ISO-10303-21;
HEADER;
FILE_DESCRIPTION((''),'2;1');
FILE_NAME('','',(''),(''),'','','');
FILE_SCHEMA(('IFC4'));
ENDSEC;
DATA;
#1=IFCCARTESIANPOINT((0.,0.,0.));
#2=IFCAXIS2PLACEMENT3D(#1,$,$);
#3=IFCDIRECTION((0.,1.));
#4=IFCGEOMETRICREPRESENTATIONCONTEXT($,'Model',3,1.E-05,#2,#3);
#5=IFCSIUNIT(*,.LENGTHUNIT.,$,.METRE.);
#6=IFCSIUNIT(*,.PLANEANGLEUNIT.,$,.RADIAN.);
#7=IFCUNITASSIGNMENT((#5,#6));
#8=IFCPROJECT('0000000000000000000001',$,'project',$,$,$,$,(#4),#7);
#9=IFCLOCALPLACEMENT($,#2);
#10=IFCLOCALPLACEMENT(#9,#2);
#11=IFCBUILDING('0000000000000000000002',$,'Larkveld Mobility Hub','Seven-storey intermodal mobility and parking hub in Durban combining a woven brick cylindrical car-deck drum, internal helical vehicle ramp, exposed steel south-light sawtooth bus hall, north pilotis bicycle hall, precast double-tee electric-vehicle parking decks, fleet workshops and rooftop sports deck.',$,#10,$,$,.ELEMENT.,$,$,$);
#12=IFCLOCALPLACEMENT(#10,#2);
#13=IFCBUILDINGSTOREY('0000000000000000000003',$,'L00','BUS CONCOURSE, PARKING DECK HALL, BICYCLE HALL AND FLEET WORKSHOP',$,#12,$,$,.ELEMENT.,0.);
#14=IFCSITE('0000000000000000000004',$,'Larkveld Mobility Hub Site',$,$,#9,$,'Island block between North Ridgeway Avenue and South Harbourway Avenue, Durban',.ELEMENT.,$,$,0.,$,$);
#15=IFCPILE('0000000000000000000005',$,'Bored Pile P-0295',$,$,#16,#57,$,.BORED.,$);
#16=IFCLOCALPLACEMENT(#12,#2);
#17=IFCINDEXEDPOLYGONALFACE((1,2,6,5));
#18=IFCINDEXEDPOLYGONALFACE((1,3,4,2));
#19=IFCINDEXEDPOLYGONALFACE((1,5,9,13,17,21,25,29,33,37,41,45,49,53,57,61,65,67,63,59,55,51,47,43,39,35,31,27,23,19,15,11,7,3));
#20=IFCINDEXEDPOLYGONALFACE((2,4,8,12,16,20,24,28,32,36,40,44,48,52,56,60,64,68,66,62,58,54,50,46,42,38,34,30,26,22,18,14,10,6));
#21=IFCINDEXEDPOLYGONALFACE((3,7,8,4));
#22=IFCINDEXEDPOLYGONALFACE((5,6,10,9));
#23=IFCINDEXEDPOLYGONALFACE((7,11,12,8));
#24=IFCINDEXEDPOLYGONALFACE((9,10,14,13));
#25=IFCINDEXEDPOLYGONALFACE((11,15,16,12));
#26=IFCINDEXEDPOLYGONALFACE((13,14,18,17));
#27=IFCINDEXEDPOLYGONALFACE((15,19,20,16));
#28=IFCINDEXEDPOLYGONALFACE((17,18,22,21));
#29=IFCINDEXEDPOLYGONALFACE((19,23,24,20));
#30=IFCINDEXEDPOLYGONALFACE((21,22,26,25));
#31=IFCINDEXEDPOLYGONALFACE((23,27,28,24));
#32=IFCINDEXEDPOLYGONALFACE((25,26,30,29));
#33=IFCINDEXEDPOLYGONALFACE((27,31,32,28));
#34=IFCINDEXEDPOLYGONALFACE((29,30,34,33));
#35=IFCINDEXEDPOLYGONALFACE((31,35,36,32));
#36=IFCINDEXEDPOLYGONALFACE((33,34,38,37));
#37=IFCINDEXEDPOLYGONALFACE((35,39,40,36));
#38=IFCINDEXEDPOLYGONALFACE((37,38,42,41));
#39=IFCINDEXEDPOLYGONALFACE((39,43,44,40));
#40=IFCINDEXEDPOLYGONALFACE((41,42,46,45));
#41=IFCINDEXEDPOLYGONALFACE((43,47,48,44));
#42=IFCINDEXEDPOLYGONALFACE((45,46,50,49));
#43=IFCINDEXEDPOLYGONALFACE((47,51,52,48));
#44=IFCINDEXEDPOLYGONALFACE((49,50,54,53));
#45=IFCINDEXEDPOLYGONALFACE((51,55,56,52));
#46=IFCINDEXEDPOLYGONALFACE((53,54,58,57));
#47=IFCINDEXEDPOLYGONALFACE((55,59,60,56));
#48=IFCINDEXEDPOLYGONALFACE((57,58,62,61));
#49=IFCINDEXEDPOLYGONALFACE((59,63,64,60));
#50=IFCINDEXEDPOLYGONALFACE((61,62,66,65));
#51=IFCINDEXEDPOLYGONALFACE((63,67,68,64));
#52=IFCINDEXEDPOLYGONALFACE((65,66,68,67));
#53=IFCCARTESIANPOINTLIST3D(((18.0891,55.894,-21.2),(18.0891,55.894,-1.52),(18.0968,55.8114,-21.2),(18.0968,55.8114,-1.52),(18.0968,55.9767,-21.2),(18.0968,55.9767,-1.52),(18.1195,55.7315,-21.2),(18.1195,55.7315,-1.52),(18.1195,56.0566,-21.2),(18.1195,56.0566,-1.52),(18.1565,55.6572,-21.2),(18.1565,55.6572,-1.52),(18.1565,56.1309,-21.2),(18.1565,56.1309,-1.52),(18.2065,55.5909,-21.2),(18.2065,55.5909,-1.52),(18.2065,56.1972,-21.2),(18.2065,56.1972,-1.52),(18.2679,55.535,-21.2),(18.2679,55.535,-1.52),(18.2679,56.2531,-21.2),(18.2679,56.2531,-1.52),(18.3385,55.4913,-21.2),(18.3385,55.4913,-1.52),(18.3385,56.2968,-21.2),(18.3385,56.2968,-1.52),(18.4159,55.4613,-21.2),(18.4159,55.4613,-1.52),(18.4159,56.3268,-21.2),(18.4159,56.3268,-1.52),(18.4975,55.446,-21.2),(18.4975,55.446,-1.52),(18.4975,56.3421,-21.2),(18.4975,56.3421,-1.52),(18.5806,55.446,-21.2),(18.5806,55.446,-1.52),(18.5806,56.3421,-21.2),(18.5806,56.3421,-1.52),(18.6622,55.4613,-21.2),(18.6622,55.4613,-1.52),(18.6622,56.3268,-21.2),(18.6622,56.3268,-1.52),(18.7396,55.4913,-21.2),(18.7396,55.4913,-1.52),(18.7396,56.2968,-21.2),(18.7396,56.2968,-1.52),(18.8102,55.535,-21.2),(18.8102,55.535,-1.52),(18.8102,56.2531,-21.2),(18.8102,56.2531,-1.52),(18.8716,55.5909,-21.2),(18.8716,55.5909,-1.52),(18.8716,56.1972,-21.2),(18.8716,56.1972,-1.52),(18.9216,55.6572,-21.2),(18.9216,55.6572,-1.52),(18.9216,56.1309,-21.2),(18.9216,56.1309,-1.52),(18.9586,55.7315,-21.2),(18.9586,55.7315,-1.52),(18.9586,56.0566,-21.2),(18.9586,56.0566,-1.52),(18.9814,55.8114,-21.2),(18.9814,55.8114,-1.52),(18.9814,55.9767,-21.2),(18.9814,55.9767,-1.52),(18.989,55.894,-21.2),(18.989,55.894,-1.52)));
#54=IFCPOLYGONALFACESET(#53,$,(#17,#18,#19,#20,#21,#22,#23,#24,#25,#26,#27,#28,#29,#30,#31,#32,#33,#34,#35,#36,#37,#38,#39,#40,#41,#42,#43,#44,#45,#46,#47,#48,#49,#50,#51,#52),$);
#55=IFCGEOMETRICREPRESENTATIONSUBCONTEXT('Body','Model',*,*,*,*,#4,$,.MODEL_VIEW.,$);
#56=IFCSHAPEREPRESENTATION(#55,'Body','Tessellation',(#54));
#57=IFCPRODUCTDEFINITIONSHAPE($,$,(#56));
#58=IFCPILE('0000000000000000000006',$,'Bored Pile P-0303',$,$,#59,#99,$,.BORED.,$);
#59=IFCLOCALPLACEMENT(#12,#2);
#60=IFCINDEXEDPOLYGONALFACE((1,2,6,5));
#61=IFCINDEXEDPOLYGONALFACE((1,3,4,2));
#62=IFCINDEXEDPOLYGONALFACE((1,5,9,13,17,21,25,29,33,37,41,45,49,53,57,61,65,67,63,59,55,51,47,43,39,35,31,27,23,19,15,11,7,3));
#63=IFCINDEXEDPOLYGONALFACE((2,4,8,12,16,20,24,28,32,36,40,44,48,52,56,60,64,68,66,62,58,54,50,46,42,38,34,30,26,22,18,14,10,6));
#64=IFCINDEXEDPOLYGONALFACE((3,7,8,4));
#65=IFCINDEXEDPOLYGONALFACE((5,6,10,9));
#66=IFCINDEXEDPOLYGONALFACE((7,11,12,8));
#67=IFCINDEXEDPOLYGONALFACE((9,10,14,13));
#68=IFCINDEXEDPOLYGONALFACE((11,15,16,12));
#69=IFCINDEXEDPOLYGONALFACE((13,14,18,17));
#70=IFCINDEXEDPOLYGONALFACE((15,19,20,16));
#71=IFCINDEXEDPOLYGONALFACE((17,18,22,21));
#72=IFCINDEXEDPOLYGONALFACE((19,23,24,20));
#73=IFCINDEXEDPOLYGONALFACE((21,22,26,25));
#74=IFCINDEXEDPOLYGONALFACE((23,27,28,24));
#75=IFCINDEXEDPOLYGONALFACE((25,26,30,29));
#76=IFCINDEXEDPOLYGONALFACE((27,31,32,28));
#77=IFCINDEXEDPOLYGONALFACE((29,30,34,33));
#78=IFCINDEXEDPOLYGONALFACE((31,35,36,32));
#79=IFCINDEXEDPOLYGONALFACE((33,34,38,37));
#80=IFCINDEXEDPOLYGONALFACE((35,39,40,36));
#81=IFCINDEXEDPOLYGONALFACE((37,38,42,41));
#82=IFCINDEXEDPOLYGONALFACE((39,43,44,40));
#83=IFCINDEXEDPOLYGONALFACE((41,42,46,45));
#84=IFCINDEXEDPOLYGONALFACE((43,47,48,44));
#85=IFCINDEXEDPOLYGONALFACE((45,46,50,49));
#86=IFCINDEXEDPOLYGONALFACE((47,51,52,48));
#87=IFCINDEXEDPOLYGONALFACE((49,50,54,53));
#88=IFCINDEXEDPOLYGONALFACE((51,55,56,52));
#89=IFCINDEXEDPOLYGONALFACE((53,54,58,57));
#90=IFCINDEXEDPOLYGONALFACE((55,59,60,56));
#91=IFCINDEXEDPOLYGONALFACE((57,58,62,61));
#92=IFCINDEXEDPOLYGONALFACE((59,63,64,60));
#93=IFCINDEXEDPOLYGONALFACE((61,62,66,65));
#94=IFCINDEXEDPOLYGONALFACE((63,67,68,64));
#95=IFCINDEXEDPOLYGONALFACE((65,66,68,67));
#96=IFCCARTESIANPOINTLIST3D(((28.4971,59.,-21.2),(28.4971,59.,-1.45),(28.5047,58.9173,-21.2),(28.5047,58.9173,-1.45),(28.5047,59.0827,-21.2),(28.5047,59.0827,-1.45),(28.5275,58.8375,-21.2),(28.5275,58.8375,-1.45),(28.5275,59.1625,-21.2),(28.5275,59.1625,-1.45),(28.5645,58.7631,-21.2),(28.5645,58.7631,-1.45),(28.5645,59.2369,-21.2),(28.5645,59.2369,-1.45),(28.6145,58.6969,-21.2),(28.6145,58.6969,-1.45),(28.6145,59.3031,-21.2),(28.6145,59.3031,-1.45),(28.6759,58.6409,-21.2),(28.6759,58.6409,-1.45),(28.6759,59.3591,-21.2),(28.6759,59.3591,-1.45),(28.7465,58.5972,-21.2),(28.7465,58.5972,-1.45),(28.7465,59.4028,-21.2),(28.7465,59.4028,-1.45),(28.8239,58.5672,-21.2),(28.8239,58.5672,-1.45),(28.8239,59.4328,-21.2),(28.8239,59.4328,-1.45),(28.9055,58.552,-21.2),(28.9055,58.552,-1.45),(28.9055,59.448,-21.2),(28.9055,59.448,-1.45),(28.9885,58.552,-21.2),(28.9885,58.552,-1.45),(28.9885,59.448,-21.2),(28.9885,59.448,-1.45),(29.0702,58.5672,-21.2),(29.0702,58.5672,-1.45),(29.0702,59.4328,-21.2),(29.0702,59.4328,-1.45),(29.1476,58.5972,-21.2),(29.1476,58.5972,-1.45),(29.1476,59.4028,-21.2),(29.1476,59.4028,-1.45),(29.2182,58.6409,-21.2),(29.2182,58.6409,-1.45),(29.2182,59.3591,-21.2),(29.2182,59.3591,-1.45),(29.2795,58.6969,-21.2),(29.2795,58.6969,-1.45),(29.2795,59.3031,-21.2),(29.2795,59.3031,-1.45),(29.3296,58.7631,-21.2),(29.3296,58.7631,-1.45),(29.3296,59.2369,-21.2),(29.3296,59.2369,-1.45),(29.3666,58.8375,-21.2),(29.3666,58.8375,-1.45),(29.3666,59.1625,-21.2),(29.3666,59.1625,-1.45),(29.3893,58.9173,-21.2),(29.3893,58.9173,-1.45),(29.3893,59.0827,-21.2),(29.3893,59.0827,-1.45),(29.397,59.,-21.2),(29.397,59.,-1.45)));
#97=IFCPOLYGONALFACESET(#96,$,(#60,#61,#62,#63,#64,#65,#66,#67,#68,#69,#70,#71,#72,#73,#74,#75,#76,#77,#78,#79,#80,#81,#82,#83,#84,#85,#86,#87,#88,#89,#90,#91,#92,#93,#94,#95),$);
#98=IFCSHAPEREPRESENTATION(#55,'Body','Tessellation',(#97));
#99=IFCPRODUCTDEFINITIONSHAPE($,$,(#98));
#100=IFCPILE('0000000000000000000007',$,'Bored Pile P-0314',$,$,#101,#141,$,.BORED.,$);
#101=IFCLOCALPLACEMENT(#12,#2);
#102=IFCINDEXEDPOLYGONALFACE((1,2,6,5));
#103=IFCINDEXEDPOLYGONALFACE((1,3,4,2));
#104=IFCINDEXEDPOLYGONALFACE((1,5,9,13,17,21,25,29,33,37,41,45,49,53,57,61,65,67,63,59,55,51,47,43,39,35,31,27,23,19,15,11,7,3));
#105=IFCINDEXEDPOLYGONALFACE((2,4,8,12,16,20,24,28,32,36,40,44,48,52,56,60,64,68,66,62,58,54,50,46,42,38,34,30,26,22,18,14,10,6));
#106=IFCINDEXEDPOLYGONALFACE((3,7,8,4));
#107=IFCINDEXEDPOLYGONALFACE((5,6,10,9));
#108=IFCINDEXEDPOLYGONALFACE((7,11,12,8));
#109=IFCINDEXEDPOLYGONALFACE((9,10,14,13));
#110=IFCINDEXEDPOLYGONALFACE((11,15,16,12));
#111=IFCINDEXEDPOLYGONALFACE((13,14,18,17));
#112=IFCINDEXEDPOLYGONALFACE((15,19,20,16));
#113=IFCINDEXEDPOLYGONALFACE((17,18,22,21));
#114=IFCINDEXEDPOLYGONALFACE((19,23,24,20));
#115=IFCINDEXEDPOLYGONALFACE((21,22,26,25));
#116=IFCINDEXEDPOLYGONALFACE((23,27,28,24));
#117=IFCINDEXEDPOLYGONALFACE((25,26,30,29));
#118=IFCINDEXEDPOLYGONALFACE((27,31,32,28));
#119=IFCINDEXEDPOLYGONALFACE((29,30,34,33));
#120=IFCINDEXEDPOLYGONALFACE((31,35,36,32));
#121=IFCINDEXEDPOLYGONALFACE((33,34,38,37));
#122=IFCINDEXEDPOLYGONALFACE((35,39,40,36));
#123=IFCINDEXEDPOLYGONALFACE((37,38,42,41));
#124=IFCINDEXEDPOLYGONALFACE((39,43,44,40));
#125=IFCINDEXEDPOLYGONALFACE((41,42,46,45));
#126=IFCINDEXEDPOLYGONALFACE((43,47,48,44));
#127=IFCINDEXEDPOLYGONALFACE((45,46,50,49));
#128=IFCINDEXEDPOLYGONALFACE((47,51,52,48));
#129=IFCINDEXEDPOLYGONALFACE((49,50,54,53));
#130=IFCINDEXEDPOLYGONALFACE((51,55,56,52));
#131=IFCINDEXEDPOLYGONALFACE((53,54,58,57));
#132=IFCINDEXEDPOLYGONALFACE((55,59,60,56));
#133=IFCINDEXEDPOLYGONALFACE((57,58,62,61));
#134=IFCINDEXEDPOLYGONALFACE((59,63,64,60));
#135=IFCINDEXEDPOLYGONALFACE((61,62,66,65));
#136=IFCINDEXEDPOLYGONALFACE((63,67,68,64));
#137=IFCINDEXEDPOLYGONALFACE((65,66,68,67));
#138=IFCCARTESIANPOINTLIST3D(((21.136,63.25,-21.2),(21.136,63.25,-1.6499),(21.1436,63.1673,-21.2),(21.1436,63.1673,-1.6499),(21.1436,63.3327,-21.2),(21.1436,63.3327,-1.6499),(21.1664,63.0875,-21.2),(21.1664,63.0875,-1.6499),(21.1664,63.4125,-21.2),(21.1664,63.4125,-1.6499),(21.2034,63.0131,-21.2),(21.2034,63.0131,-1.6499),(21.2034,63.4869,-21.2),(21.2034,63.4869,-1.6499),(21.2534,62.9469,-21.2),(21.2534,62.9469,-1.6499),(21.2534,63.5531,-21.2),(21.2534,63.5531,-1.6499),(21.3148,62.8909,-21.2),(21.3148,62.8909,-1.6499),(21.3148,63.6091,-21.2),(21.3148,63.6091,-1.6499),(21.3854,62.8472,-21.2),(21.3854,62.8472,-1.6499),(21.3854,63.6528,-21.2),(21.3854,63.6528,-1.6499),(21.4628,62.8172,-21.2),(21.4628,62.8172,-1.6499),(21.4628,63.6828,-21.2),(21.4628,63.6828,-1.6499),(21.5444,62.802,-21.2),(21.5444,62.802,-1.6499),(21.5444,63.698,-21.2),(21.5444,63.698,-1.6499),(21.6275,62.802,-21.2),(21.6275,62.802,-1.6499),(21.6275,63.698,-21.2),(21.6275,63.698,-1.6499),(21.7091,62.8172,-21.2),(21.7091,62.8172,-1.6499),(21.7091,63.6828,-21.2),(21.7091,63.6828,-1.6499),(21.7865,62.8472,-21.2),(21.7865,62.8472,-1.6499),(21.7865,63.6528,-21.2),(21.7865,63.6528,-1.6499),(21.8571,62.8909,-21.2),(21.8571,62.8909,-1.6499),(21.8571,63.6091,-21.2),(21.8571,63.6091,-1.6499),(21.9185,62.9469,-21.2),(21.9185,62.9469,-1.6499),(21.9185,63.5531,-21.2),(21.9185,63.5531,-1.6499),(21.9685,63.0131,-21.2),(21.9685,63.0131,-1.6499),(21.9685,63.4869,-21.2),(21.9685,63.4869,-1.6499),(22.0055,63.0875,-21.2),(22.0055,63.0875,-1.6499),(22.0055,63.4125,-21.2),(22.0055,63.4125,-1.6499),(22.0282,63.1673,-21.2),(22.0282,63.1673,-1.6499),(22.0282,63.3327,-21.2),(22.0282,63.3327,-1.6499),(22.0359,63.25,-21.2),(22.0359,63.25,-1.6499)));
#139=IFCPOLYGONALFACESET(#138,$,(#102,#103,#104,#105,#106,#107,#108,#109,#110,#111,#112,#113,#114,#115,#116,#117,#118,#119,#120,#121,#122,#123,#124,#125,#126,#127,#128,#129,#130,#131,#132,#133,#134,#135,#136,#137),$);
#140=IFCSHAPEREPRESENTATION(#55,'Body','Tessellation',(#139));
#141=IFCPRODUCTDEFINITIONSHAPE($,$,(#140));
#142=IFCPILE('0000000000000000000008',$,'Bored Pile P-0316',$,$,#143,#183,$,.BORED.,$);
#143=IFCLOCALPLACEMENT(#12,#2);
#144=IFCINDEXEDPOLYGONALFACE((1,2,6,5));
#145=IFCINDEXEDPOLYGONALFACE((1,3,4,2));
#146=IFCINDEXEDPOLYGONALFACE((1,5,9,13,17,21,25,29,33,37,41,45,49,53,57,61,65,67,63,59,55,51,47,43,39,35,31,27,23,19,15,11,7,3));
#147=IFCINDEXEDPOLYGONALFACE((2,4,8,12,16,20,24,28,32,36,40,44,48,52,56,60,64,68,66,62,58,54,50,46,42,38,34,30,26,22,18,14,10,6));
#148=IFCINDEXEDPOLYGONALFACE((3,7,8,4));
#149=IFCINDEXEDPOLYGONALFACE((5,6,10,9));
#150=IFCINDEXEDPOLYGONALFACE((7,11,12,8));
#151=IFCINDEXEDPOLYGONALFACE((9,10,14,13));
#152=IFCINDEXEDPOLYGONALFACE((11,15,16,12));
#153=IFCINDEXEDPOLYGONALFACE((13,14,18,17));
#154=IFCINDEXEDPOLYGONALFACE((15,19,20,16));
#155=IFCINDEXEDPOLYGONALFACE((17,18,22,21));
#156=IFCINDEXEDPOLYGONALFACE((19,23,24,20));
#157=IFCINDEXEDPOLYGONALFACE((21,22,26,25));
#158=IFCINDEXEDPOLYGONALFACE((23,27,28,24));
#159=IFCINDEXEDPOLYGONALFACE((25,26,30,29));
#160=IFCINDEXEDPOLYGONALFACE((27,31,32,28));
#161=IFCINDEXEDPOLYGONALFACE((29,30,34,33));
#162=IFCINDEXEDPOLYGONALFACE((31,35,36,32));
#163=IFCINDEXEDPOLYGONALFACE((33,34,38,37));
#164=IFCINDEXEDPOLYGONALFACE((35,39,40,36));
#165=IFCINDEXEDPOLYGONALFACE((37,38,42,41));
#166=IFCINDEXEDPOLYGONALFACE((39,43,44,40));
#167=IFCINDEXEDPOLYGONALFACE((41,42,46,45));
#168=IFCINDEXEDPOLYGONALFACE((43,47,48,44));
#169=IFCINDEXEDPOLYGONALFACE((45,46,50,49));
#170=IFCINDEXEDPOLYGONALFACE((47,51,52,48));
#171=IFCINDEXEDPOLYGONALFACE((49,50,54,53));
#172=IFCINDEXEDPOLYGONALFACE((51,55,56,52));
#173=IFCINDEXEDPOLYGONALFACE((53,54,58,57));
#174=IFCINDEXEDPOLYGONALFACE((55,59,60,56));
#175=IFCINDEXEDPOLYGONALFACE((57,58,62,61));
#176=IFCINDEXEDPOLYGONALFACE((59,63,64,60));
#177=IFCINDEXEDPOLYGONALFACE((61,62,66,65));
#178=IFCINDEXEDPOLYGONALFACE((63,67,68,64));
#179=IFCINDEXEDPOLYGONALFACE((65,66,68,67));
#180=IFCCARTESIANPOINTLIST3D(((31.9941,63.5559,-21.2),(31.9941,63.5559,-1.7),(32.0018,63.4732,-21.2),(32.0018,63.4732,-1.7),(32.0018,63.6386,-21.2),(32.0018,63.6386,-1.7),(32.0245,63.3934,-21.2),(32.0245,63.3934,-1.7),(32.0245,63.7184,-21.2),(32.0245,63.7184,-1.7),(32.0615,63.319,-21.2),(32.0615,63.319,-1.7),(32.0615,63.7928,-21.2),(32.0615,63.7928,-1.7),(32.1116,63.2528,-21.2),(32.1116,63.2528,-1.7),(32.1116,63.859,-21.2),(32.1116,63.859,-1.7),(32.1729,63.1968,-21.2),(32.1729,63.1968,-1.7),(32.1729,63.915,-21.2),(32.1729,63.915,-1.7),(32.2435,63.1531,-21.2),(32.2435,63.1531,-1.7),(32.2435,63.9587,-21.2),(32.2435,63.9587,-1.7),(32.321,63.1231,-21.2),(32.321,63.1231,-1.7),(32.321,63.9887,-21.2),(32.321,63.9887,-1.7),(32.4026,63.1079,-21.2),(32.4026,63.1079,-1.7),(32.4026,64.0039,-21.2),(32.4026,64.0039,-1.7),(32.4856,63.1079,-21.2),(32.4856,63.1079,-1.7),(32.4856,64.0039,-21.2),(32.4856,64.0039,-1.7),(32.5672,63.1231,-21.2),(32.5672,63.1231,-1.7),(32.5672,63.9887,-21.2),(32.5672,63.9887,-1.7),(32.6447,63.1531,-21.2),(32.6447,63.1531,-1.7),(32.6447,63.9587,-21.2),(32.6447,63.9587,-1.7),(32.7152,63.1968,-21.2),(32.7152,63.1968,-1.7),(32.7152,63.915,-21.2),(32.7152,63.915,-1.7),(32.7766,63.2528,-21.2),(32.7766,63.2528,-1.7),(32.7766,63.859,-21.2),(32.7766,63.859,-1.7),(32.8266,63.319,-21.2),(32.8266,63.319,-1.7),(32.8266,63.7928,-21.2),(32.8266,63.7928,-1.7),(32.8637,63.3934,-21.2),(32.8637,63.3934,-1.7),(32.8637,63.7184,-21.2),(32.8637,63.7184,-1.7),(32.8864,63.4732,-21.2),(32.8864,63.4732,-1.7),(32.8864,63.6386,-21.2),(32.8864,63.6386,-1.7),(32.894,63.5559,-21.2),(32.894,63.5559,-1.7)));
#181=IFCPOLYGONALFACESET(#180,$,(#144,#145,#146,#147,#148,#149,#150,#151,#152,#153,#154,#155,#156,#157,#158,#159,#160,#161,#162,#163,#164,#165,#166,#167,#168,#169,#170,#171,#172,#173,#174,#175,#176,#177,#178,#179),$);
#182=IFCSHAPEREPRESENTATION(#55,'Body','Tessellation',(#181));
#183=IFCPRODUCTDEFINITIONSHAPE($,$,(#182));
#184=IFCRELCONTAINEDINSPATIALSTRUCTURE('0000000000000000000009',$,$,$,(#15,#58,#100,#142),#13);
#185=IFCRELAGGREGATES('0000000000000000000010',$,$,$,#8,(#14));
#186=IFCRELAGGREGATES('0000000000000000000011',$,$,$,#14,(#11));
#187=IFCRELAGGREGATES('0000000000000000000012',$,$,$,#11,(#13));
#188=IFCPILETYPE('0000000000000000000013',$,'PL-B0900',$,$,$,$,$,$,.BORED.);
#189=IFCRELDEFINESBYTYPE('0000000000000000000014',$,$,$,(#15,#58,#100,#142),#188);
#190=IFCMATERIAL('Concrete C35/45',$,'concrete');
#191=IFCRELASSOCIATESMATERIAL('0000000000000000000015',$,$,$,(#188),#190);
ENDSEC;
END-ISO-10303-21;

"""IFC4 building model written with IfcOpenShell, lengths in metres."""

from ifc_helpers import new_model, si_unit, direction, frame, origin, origin_2d, place, context, subcontext, project, spatial, circle, extrude, material, material_profile, profile_set, type_object, element, save


model = new_model("IFC4")

# Units and contexts
model_context = context("Model", 3, precision=1e-05, world=origin(), true_north=direction((0.0, 1.0)))
body_context = subcontext(model_context, "Body", "Model", "MODEL_VIEW")
ifc_project = project(units=[si_unit("LENGTHUNIT", "METRE"), si_unit("PLANEANGLEUNIT", "RADIAN")], contexts=[model_context])

# Site, building, storey
site_placement = place(None, origin())
site = spatial("IfcSite", under=ifc_project, at=site_placement, Name="Larkveld Mobility Hub Site", LongName="Island block between North Ridgeway Avenue and South Harbourway Avenue, Durban", CompositionType="ELEMENT", RefElevation=0.0)
building_placement = place(site_placement, origin())
building = spatial("IfcBuilding", under=site, at=building_placement, Name="Larkveld Mobility Hub", Description="Seven-storey intermodal mobility and parking hub in Durban combining a woven brick cylindrical car-deck drum, internal helical vehicle ramp, exposed steel south-light sawtooth bus hall, north pilotis bicycle hall, precast double-tee electric-vehicle parking decks, fleet workshops and rooftop sports deck.", CompositionType="ELEMENT")
storey_placement = place(building_placement, origin())
storey = spatial("IfcBuildingStorey", under=building, at=storey_placement, Name="L00", Description="BUS CONCOURSE, PARKING DECK HALL, BICYCLE HALL AND FLEET WORKSHOP", CompositionType="ELEMENT", Elevation=0.0)

# Shared definitions
ifc_material_1 = material(Name="Concrete C35/45", Category="concrete")

# Piles
ifc_material_profile_1 = material_profile(ifc_material_1, circle(Radius=0.45, at=origin_2d()), Name="PILE D900")
ifc_profile_set_1 = profile_set([ifc_material_profile_1], Name="Concrete C35/45")
pile_type_1 = type_object("IfcPileType", Name="PL-B0900", PredefinedType="BORED", material=ifc_profile_set_1)
pile_1_placement = place(storey_placement, frame((18.5391, 55.894, -1.52), z_axis=(0.0, 0.0, -1.0), x_axis=(1.0, 0.0, 0.0)))
element("IfcPile", 1, at=pile_1_placement, inside=storey, type_object=pile_type_1, Name="Bored Pile P-0295", PredefinedType="BORED", context=body_context, shape_type="SweptSolid", body=[
    extrude(circle(Radius=0.45, at=origin_2d()), origin(), (0.0, 0.0, 1.0), 19.6799),
])
pile_2_placement = place(storey_placement, frame((28.947, 59.0, -1.45), z_axis=(0.0, 0.0, -1.0), x_axis=(1.0, 0.0, 0.0)))
element("IfcPile", 2, at=pile_2_placement, inside=storey, type_object=pile_type_1, Name="Bored Pile P-0303", PredefinedType="BORED", context=body_context, shape_type="SweptSolid", body=[
    extrude(circle(Radius=0.45, at=origin_2d()), origin(), (0.0, 0.0, 1.0), 19.75),
])
pile_3_placement = place(storey_placement, frame((21.5859, 63.25, -1.6499), z_axis=(0.0, 0.0, -1.0), x_axis=(1.0, 0.0, 0.0)))
element("IfcPile", 3, at=pile_3_placement, inside=storey, type_object=pile_type_1, Name="Bored Pile P-0314", PredefinedType="BORED", context=body_context, shape_type="SweptSolid", body=[
    extrude(circle(Radius=0.45, at=origin_2d()), origin(), (0.0, 0.0, 1.0), 19.55),
])
pile_4_placement = place(storey_placement, frame((32.4441, 63.5559, -1.7), z_axis=(0.0, 0.0, -1.0), x_axis=(1.0, 0.0, 0.0)))
element("IfcPile", 4, at=pile_4_placement, inside=storey, type_object=pile_type_1, Name="Bored Pile P-0316", PredefinedType="BORED", context=body_context, shape_type="SweptSolid", body=[
    extrude(circle(Radius=0.45, at=origin_2d()), origin(), (0.0, 0.0, 1.0), 19.5),
])

save(model, "model.ifc")
